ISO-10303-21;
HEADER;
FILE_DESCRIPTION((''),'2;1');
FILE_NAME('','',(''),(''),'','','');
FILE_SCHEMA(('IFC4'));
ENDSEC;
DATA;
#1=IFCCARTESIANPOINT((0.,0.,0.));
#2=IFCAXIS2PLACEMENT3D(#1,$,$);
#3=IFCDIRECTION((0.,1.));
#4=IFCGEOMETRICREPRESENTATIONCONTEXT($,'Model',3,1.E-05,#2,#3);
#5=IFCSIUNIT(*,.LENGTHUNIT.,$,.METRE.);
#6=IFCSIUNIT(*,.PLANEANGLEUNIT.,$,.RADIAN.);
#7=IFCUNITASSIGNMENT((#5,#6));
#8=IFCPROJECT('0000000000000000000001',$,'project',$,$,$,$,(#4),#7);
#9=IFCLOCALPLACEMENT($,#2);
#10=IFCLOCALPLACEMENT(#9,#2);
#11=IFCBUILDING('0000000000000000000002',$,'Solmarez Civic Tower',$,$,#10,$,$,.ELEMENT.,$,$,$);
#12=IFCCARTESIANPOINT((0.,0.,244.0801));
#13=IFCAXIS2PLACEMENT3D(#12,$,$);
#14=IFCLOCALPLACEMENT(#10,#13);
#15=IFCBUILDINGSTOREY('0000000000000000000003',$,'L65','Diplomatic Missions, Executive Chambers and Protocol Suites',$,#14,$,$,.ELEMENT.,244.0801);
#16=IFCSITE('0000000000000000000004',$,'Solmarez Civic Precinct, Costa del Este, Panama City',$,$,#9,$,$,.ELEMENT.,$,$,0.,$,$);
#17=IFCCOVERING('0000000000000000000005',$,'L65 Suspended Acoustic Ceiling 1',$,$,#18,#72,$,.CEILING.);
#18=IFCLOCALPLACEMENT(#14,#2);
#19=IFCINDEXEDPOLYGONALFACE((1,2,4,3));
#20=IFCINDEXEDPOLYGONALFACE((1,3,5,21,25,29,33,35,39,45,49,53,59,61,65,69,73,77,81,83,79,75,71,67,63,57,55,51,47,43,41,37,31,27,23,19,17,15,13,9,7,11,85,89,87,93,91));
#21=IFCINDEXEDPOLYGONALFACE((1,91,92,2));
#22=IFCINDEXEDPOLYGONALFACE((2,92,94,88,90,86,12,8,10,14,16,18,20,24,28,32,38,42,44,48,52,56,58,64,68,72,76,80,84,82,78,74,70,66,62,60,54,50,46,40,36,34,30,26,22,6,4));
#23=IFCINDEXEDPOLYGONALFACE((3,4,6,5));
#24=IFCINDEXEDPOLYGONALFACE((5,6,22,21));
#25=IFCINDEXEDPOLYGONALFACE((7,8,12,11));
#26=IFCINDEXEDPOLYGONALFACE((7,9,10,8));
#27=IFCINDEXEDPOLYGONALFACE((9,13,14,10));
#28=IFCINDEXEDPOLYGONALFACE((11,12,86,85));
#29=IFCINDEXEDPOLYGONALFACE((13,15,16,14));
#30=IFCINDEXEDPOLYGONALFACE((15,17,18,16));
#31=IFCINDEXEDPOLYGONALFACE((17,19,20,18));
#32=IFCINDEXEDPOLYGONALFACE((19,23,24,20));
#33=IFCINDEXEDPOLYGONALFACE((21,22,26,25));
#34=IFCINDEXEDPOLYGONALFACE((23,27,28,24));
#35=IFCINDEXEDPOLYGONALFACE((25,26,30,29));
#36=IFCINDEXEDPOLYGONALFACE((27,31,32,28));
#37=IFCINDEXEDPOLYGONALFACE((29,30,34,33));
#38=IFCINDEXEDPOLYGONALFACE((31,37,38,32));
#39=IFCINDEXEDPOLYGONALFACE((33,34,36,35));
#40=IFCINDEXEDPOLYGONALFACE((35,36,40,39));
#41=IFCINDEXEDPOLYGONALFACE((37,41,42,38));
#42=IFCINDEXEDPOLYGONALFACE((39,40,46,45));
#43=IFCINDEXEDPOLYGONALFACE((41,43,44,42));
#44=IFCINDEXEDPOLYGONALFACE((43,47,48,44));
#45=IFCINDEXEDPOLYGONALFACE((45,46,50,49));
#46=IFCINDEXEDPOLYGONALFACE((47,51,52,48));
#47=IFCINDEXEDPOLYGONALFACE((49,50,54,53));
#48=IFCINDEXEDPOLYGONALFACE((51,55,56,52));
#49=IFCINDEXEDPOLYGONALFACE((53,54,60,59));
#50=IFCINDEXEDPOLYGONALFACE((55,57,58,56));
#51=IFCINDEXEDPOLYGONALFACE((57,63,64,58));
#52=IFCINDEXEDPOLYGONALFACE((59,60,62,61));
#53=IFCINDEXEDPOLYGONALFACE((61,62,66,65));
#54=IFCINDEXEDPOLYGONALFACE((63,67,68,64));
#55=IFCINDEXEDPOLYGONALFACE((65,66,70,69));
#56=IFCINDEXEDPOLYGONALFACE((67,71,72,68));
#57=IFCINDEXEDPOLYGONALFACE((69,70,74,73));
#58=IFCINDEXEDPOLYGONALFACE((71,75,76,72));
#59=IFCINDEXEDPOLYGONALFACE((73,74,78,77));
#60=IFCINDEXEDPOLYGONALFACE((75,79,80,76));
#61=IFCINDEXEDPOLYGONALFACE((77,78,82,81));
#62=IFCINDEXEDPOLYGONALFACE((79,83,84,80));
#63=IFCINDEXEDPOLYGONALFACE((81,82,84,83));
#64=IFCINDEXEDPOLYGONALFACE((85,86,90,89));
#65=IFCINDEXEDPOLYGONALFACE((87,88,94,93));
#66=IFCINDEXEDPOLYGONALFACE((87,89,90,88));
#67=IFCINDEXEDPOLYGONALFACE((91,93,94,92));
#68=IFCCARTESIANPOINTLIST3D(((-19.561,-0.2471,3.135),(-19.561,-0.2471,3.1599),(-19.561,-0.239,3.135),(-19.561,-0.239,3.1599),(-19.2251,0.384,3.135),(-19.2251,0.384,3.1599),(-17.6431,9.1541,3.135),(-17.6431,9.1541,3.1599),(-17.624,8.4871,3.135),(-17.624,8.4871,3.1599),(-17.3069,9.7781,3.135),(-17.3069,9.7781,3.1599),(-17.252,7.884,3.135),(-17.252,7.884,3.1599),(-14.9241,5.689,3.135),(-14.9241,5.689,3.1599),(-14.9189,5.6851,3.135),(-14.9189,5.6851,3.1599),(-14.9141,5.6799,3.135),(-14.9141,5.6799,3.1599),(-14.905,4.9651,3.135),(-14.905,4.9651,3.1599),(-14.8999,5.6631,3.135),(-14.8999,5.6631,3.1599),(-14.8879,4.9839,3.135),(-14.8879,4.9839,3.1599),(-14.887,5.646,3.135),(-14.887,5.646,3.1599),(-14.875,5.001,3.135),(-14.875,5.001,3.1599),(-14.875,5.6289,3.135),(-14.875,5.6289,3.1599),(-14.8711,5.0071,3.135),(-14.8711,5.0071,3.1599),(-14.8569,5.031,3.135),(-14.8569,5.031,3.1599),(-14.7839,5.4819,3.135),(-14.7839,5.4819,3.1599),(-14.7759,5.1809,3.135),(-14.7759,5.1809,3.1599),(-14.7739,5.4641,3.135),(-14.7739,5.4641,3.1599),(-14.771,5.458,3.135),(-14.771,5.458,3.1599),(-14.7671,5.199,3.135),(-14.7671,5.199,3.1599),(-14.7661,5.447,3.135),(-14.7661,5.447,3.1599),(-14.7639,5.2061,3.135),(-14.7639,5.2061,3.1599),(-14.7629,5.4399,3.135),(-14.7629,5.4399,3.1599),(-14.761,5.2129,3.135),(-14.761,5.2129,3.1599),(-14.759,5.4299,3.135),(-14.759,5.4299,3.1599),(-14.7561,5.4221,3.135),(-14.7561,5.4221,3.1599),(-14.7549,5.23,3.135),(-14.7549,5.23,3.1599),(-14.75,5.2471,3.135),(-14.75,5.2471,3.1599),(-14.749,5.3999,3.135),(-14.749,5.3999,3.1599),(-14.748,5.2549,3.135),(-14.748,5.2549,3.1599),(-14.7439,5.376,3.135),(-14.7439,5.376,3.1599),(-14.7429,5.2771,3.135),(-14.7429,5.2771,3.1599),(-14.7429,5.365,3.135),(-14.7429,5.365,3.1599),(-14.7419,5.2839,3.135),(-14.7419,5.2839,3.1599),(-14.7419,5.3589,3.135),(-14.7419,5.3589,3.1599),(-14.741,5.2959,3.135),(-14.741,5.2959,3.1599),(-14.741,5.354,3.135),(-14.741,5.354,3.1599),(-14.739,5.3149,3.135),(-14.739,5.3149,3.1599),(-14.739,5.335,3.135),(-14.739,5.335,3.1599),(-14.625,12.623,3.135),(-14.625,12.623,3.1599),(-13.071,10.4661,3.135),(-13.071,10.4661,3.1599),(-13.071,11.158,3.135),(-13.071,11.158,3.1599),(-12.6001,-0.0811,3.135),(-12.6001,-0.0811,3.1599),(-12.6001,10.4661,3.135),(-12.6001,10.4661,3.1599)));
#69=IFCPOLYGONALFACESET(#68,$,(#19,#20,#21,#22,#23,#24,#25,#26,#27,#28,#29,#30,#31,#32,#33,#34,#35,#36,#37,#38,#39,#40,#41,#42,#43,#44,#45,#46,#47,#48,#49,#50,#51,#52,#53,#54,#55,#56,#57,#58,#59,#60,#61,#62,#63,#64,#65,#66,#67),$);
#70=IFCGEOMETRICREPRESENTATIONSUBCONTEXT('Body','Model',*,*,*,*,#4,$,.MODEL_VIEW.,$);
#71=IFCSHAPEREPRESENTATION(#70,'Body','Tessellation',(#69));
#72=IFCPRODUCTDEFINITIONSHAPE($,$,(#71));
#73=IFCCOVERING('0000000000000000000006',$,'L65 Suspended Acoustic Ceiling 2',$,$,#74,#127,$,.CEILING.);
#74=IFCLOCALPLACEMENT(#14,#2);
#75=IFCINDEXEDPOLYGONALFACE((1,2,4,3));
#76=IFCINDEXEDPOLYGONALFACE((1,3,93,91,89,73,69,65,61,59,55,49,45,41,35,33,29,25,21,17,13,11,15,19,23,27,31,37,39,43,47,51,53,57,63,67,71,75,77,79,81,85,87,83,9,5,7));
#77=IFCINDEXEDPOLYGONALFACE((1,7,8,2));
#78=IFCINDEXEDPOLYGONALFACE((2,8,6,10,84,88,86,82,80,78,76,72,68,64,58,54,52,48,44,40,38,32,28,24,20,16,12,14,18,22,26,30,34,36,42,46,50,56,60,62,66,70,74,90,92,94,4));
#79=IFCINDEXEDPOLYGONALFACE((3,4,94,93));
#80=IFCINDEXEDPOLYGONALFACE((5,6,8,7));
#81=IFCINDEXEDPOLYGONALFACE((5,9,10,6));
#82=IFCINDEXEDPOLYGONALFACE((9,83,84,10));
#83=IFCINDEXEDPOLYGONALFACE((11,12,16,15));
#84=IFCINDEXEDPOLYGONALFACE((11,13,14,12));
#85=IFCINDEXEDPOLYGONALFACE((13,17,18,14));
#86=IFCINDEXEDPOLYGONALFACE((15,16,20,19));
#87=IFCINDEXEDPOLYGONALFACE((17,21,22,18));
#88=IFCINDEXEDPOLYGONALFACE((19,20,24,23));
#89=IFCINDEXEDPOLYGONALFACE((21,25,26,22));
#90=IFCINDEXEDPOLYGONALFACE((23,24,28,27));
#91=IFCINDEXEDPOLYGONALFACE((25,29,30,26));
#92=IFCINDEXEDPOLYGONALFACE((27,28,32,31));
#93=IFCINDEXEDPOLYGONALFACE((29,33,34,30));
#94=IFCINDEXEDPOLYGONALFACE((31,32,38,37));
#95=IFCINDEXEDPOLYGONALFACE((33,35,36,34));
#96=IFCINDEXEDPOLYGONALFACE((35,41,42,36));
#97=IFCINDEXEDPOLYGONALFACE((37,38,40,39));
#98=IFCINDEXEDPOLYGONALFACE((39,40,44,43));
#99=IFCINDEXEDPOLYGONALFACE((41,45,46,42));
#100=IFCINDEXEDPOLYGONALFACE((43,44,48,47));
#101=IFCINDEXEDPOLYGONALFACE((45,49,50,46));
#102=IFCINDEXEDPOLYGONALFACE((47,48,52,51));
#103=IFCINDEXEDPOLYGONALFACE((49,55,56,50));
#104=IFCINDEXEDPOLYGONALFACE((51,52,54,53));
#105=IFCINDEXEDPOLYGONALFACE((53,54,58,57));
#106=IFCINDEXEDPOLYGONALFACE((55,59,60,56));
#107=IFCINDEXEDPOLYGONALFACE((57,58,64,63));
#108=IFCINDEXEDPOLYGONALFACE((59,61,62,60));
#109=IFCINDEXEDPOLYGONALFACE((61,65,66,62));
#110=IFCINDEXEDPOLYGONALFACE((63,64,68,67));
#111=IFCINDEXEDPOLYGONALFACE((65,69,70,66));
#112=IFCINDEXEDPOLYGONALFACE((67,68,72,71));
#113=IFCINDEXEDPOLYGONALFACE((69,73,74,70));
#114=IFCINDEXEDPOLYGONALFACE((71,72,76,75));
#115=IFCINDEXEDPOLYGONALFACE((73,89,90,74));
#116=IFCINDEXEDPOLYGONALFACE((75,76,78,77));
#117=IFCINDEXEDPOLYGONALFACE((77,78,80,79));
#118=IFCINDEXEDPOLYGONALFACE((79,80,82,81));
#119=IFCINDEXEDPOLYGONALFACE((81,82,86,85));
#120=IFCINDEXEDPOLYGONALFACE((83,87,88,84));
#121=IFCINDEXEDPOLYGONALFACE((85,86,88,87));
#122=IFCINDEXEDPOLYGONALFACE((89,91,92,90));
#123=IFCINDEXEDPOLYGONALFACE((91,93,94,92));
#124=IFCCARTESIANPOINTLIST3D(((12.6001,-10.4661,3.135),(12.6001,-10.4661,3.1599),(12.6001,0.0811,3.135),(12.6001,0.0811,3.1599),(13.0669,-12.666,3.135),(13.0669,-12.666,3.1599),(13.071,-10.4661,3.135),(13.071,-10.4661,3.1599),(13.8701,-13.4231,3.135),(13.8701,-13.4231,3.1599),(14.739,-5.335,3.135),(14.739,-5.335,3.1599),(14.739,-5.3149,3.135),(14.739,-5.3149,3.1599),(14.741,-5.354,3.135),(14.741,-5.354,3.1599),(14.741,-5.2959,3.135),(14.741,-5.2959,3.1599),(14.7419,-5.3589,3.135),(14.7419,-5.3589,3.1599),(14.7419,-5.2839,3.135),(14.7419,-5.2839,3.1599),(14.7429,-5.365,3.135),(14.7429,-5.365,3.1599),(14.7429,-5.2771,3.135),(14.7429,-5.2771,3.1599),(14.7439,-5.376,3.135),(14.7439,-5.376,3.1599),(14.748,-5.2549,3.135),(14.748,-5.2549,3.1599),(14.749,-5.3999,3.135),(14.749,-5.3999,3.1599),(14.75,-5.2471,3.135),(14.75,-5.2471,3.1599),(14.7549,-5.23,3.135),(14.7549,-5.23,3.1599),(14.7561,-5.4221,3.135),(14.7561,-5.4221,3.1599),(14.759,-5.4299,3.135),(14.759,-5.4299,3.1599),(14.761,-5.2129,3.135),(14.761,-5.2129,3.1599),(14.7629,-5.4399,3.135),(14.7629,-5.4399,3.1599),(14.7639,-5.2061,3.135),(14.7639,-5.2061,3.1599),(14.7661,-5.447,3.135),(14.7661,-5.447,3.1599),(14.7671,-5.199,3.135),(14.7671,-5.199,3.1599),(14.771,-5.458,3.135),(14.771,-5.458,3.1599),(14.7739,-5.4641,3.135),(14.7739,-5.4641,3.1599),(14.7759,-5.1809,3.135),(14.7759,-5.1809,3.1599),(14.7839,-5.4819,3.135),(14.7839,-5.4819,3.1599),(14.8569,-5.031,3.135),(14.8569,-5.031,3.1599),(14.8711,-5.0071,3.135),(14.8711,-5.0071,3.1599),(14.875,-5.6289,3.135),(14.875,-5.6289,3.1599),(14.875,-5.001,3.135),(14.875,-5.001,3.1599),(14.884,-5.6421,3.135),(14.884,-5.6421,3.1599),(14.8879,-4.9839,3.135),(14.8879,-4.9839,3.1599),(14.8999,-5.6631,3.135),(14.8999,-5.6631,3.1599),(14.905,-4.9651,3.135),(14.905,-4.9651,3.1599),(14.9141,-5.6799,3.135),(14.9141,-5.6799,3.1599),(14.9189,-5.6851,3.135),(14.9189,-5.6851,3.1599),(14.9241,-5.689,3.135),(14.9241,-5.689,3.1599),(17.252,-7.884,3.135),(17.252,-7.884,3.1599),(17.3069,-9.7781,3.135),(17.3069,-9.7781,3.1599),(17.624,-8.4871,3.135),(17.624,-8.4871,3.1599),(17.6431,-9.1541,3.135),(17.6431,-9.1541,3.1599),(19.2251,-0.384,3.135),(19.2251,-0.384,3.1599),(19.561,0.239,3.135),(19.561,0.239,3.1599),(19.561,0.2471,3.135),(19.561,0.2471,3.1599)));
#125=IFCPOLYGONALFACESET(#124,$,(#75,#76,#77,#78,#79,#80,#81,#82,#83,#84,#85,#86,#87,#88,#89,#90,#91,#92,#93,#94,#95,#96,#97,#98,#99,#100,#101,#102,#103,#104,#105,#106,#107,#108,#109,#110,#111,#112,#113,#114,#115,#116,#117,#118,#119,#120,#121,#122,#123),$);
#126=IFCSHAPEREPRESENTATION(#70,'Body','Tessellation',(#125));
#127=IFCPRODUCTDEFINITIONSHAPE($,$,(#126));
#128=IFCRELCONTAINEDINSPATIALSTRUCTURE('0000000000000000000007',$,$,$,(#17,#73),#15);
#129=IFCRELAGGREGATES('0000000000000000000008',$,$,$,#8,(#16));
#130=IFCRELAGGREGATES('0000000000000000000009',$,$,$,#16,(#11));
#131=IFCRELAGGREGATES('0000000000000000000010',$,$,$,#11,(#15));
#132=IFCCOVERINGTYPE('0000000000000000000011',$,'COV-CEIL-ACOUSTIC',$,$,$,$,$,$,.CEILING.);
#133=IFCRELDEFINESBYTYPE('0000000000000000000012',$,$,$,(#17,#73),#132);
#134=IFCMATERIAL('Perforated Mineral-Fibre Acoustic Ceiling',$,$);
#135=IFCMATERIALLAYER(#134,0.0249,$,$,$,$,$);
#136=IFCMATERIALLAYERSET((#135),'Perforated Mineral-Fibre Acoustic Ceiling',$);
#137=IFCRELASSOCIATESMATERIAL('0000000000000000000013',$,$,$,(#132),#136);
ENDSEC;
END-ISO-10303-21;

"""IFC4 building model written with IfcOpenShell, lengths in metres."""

from ifc_helpers import new_model, si_unit, direction, frame, origin, place, context, subcontext, project, spatial, polyline, outline, extrude, material, layer, layer_set, type_object, element, save


model = new_model("IFC4")

# Units and contexts
model_context = context("Model", 3, precision=1e-05, world=origin(), true_north=direction((0.0, 1.0)))
body_context = subcontext(model_context, "Body", "Model", "MODEL_VIEW")
ifc_project = project(units=[si_unit("LENGTHUNIT", "METRE"), si_unit("PLANEANGLEUNIT", "RADIAN")], contexts=[model_context])

# Site, building, storey
site_placement = place(None, origin())
site = spatial("IfcSite", under=ifc_project, at=site_placement, Name="Solmarez Civic Precinct, Costa del Este, Panama City", CompositionType="ELEMENT", RefElevation=0.0)
building_placement = place(site_placement, origin())
building = spatial("IfcBuilding", under=site, at=building_placement, Name="Solmarez Civic Tower", CompositionType="ELEMENT")
storey_placement = place(building_placement, frame((0.0, 0.0, 244.0801)))
storey = spatial("IfcBuildingStorey", under=building, at=storey_placement, Name="L65", Description="Diplomatic Missions, Executive Chambers and Protocol Suites", CompositionType="ELEMENT", Elevation=244.0801)

# Coverings
ifc_material_1 = material(Name="Perforated Mineral-Fibre Acoustic Ceiling")
ifc_layer_1 = layer(ifc_material_1, 0.0249)
ifc_layer_set_1 = layer_set([ifc_layer_1], Name="Perforated Mineral-Fibre Acoustic Ceiling")
covering_type_1 = type_object("IfcCoveringType", Name="COV-CEIL-ACOUSTIC", PredefinedType="CEILING", material=ifc_layer_set_1)
covering_1_placement = place(storey_placement, frame((0.0, 0.0, 3.135)))
element("IfcCovering", 1, at=covering_1_placement, inside=storey, type_object=covering_type_1, Name="L65 Suspended Acoustic Ceiling 1", PredefinedType="CEILING", context=body_context, shape_type="SweptSolid", body=[
    extrude(outline(polyline([(-14.875, 5.6289), (-14.7839, 5.4819), (-14.7739, 5.4641), (-14.771, 5.458), (-14.7661, 5.447), (-14.7629, 5.4399), (-14.759, 5.4299), (-14.7561, 5.4221), (-14.749, 5.3999), (-14.7439, 5.376), (-14.7429, 5.365), (-14.7419, 5.3589), (-14.741, 5.354), (-14.739, 5.335), (-14.739, 5.3149), (-14.741, 5.2959), (-14.7419, 5.2839), (-14.7429, 5.2771), (-14.748, 5.2549), (-14.75, 5.2471), (-14.7549, 5.23), (-14.761, 5.2129), (-14.7639, 5.2061), (-14.7671, 5.199), (-14.7759, 5.1809), (-14.8569, 5.031), (-14.8711, 5.0071), (-14.875, 5.001), (-14.8879, 4.9839), (-14.905, 4.9651), (-19.2251, 0.384), (-19.561, -0.239), (-19.561, -0.2471), (-12.6001, -0.0811), (-12.6001, 10.4661), (-13.071, 10.4661), (-13.071, 11.158), (-14.625, 12.623), (-17.3069, 9.7781), (-17.6431, 9.1541), (-17.624, 8.4871), (-17.252, 7.884), (-14.9241, 5.689), (-14.9189, 5.6851), (-14.9141, 5.6799), (-14.8999, 5.6631), (-14.887, 5.646), (-14.875, 5.6289)])), origin(), (0.0, 0.0, 1.0), 0.0249),
])
covering_2_placement = place(storey_placement, frame((0.0, 0.0, 3.135)))
element("IfcCovering", 2, at=covering_2_placement, inside=storey, type_object=covering_type_1, Name="L65 Suspended Acoustic Ceiling 2", PredefinedType="CEILING", context=body_context, shape_type="SweptSolid", body=[
    extrude(outline(polyline([(12.6001, 0.0811), (12.6001, -10.4661), (13.071, -10.4661), (13.0669, -12.666), (13.8701, -13.4231), (17.3069, -9.7781), (17.6431, -9.1541), (17.624, -8.4871), (17.252, -7.884), (14.9241, -5.689), (14.9189, -5.6851), (14.9141, -5.6799), (14.8999, -5.6631), (14.884, -5.6421), (14.875, -5.6289), (14.7839, -5.4819), (14.7739, -5.4641), (14.771, -5.458), (14.7661, -5.447), (14.7629, -5.4399), (14.759, -5.4299), (14.7561, -5.4221), (14.749, -5.3999), (14.7439, -5.376), (14.7429, -5.365), (14.7419, -5.3589), (14.741, -5.354), (14.739, -5.335), (14.739, -5.3149), (14.741, -5.2959), (14.7419, -5.2839), (14.7429, -5.2771), (14.748, -5.2549), (14.75, -5.2471), (14.7549, -5.23), (14.761, -5.2129), (14.7639, -5.2061), (14.7671, -5.199), (14.7759, -5.1809), (14.8569, -5.031), (14.8711, -5.0071), (14.875, -5.001), (14.8879, -4.9839), (14.905, -4.9651), (19.2251, -0.384), (19.561, 0.239), (19.561, 0.2471), (12.6001, 0.0811)])), origin(), (0.0, 0.0, 1.0), 0.0249),
])

save(model, "model.ifc")
